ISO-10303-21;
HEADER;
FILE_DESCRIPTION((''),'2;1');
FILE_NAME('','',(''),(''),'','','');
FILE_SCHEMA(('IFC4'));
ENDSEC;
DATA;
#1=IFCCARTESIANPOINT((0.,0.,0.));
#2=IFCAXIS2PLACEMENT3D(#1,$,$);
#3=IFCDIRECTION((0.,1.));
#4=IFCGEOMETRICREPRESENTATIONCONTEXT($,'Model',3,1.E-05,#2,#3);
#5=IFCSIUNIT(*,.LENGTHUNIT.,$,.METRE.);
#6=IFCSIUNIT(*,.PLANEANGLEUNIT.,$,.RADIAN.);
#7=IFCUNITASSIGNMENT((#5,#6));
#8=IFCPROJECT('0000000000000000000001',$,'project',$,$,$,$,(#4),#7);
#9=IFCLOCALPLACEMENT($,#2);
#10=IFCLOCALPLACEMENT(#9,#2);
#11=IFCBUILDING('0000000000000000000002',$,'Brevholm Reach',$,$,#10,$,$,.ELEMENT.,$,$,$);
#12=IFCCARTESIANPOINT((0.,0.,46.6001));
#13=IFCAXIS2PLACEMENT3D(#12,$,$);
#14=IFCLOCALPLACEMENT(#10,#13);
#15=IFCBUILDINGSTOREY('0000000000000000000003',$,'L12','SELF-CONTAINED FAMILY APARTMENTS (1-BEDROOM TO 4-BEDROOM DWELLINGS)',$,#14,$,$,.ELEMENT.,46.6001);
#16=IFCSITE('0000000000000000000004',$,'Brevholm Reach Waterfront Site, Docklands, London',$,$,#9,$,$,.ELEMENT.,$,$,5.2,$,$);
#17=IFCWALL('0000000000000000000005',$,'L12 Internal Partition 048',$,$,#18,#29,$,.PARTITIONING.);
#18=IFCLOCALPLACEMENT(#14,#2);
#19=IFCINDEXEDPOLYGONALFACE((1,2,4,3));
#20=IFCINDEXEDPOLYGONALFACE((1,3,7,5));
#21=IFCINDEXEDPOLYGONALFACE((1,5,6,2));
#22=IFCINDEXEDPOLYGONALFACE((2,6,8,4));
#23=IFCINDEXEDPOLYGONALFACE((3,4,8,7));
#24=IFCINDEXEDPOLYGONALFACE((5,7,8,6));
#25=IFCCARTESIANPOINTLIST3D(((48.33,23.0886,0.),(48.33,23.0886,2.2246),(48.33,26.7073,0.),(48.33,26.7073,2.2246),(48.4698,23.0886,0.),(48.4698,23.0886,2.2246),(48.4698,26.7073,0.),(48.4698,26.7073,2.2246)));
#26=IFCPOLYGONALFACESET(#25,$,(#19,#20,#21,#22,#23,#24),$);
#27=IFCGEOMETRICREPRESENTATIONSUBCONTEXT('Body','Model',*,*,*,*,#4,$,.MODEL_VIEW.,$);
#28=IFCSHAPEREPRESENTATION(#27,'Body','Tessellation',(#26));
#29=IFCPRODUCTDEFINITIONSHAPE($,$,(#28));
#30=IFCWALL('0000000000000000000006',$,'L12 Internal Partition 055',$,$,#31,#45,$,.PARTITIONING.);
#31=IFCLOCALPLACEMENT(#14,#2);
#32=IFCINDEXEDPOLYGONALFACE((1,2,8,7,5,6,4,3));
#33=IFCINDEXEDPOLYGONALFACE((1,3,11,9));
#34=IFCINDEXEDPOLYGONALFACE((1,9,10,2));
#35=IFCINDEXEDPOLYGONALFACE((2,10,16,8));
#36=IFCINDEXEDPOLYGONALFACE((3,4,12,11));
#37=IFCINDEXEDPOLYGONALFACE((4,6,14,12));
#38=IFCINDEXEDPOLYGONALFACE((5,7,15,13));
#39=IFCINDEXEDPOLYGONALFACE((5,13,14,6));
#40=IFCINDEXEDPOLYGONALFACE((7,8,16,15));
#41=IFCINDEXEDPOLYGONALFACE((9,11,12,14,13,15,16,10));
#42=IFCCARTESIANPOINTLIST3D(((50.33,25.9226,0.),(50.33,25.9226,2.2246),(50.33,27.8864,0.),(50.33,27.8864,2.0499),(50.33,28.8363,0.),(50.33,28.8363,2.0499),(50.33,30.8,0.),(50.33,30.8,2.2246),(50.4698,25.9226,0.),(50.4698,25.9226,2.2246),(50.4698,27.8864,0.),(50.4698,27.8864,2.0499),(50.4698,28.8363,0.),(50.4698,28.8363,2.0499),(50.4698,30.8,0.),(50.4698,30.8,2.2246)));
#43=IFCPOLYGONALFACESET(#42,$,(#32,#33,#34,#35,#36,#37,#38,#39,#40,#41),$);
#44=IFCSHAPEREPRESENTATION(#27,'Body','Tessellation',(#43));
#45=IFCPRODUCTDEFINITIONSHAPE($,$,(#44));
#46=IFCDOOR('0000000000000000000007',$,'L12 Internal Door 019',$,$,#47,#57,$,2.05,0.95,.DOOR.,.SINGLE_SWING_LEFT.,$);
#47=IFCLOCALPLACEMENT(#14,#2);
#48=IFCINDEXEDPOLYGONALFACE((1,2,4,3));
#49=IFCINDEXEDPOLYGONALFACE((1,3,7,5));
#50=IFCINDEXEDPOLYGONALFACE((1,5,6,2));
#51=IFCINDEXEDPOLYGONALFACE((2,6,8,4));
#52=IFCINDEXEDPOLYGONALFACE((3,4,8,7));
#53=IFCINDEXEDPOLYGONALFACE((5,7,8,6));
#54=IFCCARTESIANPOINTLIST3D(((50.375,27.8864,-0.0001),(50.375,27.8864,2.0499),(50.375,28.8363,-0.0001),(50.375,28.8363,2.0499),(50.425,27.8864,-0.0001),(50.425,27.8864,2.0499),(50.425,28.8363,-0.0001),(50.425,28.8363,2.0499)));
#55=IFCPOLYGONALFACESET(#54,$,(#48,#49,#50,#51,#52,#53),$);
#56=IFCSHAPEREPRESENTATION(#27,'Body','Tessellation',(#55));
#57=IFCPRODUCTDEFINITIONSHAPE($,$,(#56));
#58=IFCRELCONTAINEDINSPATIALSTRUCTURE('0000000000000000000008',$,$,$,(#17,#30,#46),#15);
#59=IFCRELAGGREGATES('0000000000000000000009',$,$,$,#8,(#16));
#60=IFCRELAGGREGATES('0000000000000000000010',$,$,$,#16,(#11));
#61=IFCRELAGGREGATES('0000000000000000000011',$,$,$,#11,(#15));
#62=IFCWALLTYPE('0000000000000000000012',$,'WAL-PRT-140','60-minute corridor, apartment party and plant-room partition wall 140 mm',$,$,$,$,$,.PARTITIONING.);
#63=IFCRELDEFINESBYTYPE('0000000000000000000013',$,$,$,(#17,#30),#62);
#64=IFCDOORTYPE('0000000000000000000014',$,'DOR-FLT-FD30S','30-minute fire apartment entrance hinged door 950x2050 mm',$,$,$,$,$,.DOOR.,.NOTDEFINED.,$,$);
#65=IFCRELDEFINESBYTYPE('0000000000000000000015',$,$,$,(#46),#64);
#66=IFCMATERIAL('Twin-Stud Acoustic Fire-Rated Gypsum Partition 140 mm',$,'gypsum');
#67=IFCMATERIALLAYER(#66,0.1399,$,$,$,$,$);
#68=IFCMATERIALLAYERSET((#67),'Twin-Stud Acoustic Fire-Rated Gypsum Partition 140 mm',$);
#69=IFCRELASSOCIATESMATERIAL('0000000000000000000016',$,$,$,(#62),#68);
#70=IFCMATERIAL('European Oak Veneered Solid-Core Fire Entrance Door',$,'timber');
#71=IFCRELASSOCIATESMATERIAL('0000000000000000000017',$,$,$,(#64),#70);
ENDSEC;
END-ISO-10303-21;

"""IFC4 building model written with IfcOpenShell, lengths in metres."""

from ifc_helpers import new_model, si_unit, direction, frame, frame_2d, origin, place, context, subcontext, project, spatial, rectangle, extrude, material, layer, layer_set, type_object, element, fill, save


model = new_model("IFC4")

# Units and contexts
model_context = context("Model", 3, precision=1e-05, world=origin(), true_north=direction((0.0, 1.0)))
body_context = subcontext(model_context, "Body", "Model", "MODEL_VIEW")
ifc_project = project(units=[si_unit("LENGTHUNIT", "METRE"), si_unit("PLANEANGLEUNIT", "RADIAN")], contexts=[model_context])

# Site, building, storey
site_placement = place(None, origin())
site = spatial("IfcSite", under=ifc_project, at=site_placement, Name="Brevholm Reach Waterfront Site, Docklands, London", CompositionType="ELEMENT", RefElevation=5.2)
building_placement = place(site_placement, origin())
building = spatial("IfcBuilding", under=site, at=building_placement, Name="Brevholm Reach", CompositionType="ELEMENT")
storey_placement = place(building_placement, frame((0.0, 0.0, 46.6001)))
storey = spatial("IfcBuildingStorey", under=building, at=storey_placement, Name="L12", Description="SELF-CONTAINED FAMILY APARTMENTS (1-BEDROOM TO 4-BEDROOM DWELLINGS)", CompositionType="ELEMENT", Elevation=46.6001)

# Wall
ifc_material_1 = material(Name="Twin-Stud Acoustic Fire-Rated Gypsum Partition 140 mm", Category="gypsum")
ifc_layer_1 = layer(ifc_material_1, 0.1399)
ifc_layer_set_1 = layer_set([ifc_layer_1], Name="Twin-Stud Acoustic Fire-Rated Gypsum Partition 140 mm")
wall_type_1 = type_object("IfcWallType", Name="WAL-PRT-140", Description="60-minute corridor, apartment party and plant-room partition wall 140 mm", PredefinedType="PARTITIONING", material=ifc_layer_set_1)
wall_1_placement = place(storey_placement, frame((48.3999, 23.0886, 0.0), z_axis=(0.0, 0.0, 1.0), x_axis=(0.0, 1.0, 0.0)))
element("IfcWall", 1, at=wall_1_placement, inside=storey, type_object=wall_type_1, Name="L12 Internal Partition 048", PredefinedType="PARTITIONING", context=body_context, shape_type="SweptSolid", body=[
    extrude(rectangle(XDim=3.6187, YDim=0.1399, at=frame_2d((1.8093, 0.0))), origin(), (0.0, 0.0, 1.0), 2.2246),
])

# Wall, opening, door
wall_2_placement = place(storey_placement, frame((50.3999, 25.9226, 0.0), z_axis=(0.0, 0.0, 1.0), x_axis=(0.0, 1.0, 0.0)))
wall_2 = element("IfcWall", 2, at=wall_2_placement, inside=storey, type_object=wall_type_1, Name="L12 Internal Partition 055", PredefinedType="PARTITIONING", context=body_context, shape_type="SweptSolid", body=[
    extrude(rectangle(XDim=4.8774, YDim=0.1399, at=frame_2d((2.4387, 0.0))), origin(), (0.0, 0.0, 1.0), 2.2246),
])
opening_1_placement = place(wall_2_placement, frame((1.9636, 0.0, 0.0)))
opening_1 = element("IfcOpeningElement", 3, at=opening_1_placement, cuts=wall_2, PredefinedType="OPENING", context=body_context, shape_type="SweptSolid", body=[
    extrude(rectangle(XDim=0.95, YDim=2.05, at=frame_2d((0.4751, 1.0249))), frame((0.0, 0.0798, 0.0), z_axis=(0.0, -1.0, 0.0), x_axis=(1.0, 0.0, 0.0)), (0.0, 0.0, 1.0), 0.1599),
])
ifc_material_2 = material(Name="European Oak Veneered Solid-Core Fire Entrance Door", Category="timber")
door_type_1 = type_object("IfcDoorType", Name="DOR-FLT-FD30S", Description="30-minute fire apartment entrance hinged door 950x2050 mm", OperationType="NOTDEFINED", PredefinedType="DOOR", material=ifc_material_2)
door_1_placement = place(opening_1_placement, origin())
door_1 = element("IfcDoor", 4, at=door_1_placement, inside=storey, type_object=door_type_1, Name="L12 Internal Door 019", OperationType="SINGLE_SWING_LEFT", OverallHeight=2.05, OverallWidth=0.95, PredefinedType="DOOR", context=body_context, shape_type="SweptSolid", body=[
    extrude(rectangle(XDim=0.95, YDim=2.05, at=frame_2d((0.4751, 1.0249))), frame((0.0, 0.0249, 0.0), z_axis=(0.0, -1.0, 0.0), x_axis=(1.0, 0.0, 0.0)), (0.0, 0.0, 1.0), 0.05),
])
fill(opening_1, door_1)

save(model, "model.ifc")
